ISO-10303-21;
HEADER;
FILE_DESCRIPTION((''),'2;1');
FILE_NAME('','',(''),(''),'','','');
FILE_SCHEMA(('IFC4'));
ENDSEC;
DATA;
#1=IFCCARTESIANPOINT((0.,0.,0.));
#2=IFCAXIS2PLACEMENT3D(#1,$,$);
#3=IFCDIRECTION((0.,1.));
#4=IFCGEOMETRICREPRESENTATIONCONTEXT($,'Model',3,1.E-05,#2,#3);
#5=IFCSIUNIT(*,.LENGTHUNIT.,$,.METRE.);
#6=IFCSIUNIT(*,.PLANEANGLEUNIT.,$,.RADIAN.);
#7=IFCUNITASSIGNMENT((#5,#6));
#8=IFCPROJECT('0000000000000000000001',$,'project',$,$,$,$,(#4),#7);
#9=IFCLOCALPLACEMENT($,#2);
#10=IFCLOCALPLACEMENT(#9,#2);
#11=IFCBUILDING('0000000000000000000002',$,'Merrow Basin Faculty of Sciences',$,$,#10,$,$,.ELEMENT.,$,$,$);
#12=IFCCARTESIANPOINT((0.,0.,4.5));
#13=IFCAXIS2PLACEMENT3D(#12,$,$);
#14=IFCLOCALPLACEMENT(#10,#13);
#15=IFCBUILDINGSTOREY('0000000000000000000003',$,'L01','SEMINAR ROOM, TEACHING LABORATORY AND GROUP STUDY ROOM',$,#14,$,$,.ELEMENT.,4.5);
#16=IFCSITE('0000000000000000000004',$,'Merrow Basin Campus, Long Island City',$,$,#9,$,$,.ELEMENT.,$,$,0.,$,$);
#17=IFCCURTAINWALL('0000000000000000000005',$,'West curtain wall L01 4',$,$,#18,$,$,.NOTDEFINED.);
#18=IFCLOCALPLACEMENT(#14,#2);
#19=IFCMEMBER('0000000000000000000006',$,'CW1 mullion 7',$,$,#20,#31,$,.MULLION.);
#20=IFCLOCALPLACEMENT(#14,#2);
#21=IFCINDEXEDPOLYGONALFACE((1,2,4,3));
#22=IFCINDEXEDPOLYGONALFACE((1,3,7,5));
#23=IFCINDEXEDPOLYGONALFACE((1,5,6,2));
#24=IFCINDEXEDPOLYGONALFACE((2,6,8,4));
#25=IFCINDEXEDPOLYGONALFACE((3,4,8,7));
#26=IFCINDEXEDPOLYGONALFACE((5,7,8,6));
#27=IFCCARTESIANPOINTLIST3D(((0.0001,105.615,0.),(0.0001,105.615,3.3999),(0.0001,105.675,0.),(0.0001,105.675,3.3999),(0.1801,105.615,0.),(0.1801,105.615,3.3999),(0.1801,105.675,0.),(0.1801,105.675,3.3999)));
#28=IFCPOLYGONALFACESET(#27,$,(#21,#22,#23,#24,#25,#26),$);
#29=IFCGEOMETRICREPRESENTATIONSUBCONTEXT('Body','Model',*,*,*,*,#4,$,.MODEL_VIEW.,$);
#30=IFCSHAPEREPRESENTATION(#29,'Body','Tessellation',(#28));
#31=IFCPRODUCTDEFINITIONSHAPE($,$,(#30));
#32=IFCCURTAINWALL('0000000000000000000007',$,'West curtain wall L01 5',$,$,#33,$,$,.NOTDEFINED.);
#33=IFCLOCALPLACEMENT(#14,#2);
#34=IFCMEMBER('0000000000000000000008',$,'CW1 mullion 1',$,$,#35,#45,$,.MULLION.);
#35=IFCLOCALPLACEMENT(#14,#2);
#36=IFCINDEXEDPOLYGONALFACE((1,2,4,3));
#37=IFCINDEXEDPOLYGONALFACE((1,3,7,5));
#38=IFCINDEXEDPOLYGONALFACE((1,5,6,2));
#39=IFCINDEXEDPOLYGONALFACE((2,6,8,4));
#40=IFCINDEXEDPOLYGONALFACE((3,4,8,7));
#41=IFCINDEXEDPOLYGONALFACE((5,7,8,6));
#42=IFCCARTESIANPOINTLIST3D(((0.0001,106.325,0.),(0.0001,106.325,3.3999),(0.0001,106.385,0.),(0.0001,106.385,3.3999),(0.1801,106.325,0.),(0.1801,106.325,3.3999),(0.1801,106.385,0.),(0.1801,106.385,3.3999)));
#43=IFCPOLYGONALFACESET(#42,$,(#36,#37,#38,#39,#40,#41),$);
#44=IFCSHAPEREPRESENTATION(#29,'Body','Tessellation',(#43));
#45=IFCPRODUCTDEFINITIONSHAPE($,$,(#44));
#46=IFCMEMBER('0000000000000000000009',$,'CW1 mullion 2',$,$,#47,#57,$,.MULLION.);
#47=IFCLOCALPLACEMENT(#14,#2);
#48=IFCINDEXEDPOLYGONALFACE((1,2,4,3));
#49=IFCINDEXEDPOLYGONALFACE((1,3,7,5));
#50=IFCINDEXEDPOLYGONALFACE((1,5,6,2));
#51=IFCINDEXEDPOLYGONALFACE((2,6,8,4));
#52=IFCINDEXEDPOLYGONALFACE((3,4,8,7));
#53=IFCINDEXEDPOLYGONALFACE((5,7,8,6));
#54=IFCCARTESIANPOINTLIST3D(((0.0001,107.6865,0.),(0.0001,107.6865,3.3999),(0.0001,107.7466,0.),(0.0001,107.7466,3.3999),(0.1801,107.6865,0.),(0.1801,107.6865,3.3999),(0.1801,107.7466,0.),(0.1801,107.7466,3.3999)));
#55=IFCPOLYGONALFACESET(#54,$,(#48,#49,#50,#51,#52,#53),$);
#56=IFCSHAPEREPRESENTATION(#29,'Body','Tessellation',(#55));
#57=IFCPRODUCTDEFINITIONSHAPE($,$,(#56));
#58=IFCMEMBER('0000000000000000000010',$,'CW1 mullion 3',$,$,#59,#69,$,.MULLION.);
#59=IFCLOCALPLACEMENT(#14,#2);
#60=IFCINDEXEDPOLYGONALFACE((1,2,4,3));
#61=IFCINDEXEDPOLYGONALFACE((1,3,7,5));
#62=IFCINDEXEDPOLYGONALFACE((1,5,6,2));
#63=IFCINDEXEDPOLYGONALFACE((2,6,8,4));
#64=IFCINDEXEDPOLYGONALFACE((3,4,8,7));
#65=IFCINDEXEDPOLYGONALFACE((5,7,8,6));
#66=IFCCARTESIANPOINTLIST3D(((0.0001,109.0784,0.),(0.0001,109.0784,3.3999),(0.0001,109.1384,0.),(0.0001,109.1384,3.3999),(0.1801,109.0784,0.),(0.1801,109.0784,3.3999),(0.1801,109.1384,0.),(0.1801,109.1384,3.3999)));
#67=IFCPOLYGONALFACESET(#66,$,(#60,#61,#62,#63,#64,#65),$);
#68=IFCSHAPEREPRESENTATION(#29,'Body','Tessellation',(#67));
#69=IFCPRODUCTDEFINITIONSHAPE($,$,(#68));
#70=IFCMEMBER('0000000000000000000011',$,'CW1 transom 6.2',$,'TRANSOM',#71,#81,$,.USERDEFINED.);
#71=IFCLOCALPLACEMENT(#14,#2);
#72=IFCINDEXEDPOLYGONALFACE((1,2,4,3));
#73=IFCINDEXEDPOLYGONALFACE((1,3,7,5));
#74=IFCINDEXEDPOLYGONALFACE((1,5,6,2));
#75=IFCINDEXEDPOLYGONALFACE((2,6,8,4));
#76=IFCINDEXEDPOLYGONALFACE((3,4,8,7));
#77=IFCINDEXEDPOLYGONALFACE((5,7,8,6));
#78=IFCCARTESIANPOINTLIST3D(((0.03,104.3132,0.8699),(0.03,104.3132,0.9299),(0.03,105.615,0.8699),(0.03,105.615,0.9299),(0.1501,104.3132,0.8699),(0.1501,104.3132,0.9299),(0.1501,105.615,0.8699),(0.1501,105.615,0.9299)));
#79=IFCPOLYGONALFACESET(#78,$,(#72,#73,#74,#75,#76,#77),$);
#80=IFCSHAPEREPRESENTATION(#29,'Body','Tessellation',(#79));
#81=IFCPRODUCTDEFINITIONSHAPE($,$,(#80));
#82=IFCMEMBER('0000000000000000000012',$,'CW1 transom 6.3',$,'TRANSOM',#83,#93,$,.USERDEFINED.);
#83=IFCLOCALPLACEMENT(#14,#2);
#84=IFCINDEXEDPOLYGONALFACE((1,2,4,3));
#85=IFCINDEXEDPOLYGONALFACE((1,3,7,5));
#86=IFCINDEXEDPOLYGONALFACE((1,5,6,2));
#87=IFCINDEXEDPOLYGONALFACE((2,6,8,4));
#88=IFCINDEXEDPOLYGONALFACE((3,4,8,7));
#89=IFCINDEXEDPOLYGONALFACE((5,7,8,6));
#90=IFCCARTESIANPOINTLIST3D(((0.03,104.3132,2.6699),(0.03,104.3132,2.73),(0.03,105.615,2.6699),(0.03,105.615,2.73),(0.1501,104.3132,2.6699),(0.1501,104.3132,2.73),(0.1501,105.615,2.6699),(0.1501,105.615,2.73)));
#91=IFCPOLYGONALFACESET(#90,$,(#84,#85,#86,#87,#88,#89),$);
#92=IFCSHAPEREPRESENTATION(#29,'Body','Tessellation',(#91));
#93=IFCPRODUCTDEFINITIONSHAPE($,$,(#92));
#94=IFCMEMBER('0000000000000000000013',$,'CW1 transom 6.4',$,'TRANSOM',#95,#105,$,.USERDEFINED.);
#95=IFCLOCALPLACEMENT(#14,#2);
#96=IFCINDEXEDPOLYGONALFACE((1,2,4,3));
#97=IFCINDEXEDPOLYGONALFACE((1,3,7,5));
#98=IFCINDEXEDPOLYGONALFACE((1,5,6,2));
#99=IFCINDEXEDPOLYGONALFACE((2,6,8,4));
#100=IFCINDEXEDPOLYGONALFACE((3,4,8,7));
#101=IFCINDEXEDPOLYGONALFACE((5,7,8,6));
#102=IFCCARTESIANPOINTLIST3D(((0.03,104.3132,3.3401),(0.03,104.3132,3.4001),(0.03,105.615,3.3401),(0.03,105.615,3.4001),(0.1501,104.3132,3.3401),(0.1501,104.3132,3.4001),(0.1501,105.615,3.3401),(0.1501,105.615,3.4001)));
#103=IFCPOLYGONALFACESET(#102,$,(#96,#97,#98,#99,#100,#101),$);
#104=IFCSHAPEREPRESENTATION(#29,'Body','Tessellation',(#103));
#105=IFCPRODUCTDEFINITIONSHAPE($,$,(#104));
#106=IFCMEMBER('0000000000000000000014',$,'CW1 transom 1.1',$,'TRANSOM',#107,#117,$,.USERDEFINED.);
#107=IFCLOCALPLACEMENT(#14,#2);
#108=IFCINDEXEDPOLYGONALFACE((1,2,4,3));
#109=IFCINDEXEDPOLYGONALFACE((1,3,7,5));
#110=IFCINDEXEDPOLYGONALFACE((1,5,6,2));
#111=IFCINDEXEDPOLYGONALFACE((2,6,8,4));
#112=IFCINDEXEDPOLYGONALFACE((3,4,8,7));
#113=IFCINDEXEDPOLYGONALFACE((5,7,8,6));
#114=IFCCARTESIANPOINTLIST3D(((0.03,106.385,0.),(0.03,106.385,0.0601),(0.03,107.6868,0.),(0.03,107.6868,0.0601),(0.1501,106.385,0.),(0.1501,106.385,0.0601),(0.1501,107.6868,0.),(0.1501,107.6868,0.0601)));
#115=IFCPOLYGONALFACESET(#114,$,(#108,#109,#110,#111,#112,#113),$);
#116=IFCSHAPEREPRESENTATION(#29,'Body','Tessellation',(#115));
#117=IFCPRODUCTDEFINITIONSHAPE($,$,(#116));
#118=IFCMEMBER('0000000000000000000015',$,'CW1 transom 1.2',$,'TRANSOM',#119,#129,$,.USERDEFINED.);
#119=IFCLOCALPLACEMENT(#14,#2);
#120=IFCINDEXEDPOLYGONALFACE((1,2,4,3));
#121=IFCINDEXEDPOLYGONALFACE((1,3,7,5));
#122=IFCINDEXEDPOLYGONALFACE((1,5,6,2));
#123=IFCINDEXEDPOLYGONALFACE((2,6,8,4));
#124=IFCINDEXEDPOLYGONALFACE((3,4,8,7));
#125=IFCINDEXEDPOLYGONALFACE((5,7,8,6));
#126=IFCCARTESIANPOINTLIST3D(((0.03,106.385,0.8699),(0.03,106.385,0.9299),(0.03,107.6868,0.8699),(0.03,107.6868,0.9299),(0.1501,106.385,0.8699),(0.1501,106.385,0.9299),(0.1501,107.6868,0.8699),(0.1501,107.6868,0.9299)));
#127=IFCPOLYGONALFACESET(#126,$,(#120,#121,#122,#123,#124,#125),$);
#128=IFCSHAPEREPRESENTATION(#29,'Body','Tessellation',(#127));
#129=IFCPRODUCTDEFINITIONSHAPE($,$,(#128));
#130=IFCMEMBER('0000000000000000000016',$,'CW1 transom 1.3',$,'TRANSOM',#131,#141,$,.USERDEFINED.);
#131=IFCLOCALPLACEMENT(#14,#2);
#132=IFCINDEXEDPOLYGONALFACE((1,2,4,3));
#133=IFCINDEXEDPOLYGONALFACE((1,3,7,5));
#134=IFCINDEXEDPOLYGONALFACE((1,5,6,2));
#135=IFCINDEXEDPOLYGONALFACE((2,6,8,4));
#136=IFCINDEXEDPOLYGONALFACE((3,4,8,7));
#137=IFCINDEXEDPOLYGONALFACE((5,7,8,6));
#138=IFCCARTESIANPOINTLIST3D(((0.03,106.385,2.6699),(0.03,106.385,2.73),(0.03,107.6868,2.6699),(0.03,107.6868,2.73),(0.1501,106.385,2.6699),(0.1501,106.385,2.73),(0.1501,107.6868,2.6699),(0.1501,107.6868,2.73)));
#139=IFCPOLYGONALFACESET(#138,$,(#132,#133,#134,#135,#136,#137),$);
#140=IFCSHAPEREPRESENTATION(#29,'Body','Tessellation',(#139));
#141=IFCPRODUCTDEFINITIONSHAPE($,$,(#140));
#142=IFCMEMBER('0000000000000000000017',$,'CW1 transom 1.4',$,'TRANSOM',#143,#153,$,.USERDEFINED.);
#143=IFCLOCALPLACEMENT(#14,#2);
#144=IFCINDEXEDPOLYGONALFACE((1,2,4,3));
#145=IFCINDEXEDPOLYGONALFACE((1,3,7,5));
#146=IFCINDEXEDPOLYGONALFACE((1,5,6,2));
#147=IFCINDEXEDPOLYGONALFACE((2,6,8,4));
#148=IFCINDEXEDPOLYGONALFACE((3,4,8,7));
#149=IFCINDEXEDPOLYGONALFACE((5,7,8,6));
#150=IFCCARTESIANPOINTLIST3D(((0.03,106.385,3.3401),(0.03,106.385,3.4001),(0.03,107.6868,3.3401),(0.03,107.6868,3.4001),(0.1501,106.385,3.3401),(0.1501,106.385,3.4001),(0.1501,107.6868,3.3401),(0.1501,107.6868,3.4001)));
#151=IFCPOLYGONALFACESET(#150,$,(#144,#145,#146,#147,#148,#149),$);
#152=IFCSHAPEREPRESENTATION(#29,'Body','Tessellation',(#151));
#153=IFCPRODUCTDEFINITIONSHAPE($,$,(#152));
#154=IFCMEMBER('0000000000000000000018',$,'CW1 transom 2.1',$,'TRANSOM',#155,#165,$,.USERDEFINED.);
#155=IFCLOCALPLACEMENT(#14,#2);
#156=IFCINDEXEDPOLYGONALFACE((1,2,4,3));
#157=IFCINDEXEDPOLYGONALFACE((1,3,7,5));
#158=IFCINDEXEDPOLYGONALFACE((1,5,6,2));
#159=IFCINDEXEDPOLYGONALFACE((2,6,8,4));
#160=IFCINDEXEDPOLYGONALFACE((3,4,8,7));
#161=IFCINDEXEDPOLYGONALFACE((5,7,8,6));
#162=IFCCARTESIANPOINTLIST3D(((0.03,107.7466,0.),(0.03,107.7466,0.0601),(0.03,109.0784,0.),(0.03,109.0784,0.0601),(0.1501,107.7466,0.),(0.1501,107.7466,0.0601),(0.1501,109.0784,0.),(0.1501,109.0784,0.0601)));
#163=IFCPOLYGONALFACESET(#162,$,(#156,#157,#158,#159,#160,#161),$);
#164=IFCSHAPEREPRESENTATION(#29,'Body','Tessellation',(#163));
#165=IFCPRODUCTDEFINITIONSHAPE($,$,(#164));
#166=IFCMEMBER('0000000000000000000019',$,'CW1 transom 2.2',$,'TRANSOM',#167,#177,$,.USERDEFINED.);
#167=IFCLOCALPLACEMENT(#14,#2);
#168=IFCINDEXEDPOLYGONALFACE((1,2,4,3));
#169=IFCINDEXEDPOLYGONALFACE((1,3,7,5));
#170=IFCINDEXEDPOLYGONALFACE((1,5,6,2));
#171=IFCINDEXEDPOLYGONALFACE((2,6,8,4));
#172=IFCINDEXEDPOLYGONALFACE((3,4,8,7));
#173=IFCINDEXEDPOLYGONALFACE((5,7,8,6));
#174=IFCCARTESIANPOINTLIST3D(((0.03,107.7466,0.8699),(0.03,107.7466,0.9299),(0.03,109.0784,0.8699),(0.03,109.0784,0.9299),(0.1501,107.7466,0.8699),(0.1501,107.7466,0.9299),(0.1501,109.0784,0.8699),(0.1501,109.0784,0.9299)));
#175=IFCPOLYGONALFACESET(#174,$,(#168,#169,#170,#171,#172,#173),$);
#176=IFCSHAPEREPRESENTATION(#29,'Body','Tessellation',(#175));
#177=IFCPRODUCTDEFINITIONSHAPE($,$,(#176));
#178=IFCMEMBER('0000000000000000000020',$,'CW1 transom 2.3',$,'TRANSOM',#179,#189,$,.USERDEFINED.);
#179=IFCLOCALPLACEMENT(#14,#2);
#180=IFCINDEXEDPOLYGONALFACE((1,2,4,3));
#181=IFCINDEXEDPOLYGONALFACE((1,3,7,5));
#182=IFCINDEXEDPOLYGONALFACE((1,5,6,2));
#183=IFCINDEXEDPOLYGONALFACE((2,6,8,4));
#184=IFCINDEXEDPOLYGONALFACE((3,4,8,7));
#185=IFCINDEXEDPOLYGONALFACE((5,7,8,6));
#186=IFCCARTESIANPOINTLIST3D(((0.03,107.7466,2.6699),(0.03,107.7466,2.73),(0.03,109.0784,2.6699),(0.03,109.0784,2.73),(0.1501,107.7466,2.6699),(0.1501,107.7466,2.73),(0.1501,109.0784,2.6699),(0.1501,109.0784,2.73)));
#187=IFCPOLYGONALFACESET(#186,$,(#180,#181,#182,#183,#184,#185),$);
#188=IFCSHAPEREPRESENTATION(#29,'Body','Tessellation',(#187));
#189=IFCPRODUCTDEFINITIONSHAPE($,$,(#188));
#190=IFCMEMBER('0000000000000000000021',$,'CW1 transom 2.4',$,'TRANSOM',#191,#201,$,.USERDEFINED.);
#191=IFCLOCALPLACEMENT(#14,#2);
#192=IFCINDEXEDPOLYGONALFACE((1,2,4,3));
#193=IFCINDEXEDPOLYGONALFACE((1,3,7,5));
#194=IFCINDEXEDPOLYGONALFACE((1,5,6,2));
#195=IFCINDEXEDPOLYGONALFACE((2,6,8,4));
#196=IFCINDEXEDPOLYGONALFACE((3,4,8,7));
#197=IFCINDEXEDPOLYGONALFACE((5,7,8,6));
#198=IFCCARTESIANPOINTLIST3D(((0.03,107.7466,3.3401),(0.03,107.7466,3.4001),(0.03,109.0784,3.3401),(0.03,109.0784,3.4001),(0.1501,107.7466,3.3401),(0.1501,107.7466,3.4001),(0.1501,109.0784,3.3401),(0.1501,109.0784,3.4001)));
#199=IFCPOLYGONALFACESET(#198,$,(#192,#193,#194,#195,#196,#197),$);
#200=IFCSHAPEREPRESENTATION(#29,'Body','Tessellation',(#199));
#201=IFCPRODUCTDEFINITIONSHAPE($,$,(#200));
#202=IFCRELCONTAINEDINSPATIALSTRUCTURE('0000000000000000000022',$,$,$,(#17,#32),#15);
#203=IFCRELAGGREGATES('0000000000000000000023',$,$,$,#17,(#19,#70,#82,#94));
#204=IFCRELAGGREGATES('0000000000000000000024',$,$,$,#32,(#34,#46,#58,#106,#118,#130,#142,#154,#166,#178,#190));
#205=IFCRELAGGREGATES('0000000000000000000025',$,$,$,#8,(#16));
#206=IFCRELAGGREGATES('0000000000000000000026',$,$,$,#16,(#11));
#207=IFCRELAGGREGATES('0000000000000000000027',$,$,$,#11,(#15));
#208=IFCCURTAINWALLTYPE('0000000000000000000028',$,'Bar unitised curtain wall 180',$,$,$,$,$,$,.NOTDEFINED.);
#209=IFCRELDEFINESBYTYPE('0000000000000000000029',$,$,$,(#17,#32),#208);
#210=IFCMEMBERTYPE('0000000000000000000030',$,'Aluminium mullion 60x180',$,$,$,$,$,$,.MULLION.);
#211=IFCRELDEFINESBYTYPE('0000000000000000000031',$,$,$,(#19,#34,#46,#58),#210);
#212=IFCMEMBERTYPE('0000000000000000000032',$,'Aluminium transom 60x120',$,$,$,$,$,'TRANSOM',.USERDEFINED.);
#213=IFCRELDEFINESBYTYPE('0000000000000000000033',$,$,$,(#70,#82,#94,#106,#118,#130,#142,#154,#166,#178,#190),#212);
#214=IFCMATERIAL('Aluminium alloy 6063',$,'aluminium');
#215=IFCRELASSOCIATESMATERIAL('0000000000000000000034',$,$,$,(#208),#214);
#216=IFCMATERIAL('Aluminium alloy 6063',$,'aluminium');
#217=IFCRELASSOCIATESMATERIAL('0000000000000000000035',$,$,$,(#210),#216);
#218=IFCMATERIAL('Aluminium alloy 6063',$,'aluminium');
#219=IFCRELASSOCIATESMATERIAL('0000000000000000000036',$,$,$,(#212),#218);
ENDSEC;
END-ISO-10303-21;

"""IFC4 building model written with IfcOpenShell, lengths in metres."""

from ifc_helpers import new_model, si_unit, direction, frame, origin, origin_2d, place, context, subcontext, project, spatial, rectangle, extrude, material, material_profile, profile_set, type_object, element, aggregate, save


model = new_model("IFC4")

# Units and contexts
model_context = context("Model", 3, precision=1e-05, world=origin(), true_north=direction((0.0, 1.0)))
body_context = subcontext(model_context, "Body", "Model", "MODEL_VIEW")
ifc_project = project(units=[si_unit("LENGTHUNIT", "METRE"), si_unit("PLANEANGLEUNIT", "RADIAN")], contexts=[model_context])

# Site, building, storey
site_placement = place(None, origin())
site = spatial("IfcSite", under=ifc_project, at=site_placement, Name="Merrow Basin Campus, Long Island City", CompositionType="ELEMENT", RefElevation=0.0)
building_placement = place(site_placement, origin())
building = spatial("IfcBuilding", under=site, at=building_placement, Name="Merrow Basin Faculty of Sciences", CompositionType="ELEMENT")
storey_placement = place(building_placement, frame((0.0, 0.0, 4.5)))
storey = spatial("IfcBuildingStorey", under=building, at=storey_placement, Name="L01", Description="SEMINAR ROOM, TEACHING LABORATORY AND GROUP STUDY ROOM", CompositionType="ELEMENT", Elevation=4.5)

# Curtain wall, member
ifc_material_1 = material(Name="Aluminium alloy 6063", Category="aluminium")
curtain_wall_type = type_object("IfcCurtainWallType", Name="Bar unitised curtain wall 180", PredefinedType="NOTDEFINED", material=ifc_material_1)
curtain_wall_1_placement = place(storey_placement, origin())
curtain_wall_1 = element("IfcCurtainWall", 1, at=curtain_wall_1_placement, inside=storey, type_object=curtain_wall_type, Name="West curtain wall L01 4", PredefinedType="NOTDEFINED")
ifc_material_2 = material(Name="Aluminium alloy 6063", Category="aluminium")
ifc_material_profile_1 = material_profile(ifc_material_2, rectangle(XDim=0.1799, YDim=0.0601, at=origin_2d()))
ifc_profile_set_1 = profile_set([ifc_material_profile_1], Name="Aluminium alloy 6063")
member_type_1 = type_object("IfcMemberType", Name="Aluminium mullion 60x180", PredefinedType="MULLION", material=ifc_profile_set_1)
member_1_placement = place(storey_placement, frame((0.0901, 105.645, 0.0), z_axis=(0.0, 0.0, 1.0), x_axis=(-1.0, 0.0, 0.0)))
member_1 = element("IfcMember", 2, at=member_1_placement, type_object=member_type_1, Name="CW1 mullion 7", PredefinedType="MULLION", context=body_context, shape_type="SweptSolid", body=[
    extrude(rectangle(XDim=0.1799, YDim=0.0601, at=origin_2d()), origin(), (0.0, 0.0, 1.0), 3.3999),
])

# Curtain wall, members
curtain_wall_2_placement = place(storey_placement, origin())
curtain_wall_2 = element("IfcCurtainWall", 3, at=curtain_wall_2_placement, inside=storey, type_object=curtain_wall_type, Name="West curtain wall L01 5", PredefinedType="NOTDEFINED")
member_2_placement = place(storey_placement, frame((0.0901, 106.355, 0.0), z_axis=(0.0, 0.0, 1.0), x_axis=(-1.0, 0.0, 0.0)))
member_2 = element("IfcMember", 4, at=member_2_placement, type_object=member_type_1, Name="CW1 mullion 1", PredefinedType="MULLION", context=body_context, shape_type="SweptSolid", body=[
    extrude(rectangle(XDim=0.1799, YDim=0.0601, at=origin_2d()), origin(), (0.0, 0.0, 1.0), 3.3999),
])
member_3_placement = place(storey_placement, frame((0.0901, 107.7166, 0.0), z_axis=(0.0, 0.0, 1.0), x_axis=(-1.0, 0.0, 0.0)))
member_3 = element("IfcMember", 5, at=member_3_placement, type_object=member_type_1, Name="CW1 mullion 2", PredefinedType="MULLION", context=body_context, shape_type="SweptSolid", body=[
    extrude(rectangle(XDim=0.1799, YDim=0.0601, at=origin_2d()), origin(), (0.0, 0.0, 1.0), 3.3999),
])
member_4_placement = place(storey_placement, frame((0.0901, 109.1084, 0.0), z_axis=(0.0, 0.0, 1.0), x_axis=(-1.0, 0.0, 0.0)))
member_4 = element("IfcMember", 6, at=member_4_placement, type_object=member_type_1, Name="CW1 mullion 3", PredefinedType="MULLION", context=body_context, shape_type="SweptSolid", body=[
    extrude(rectangle(XDim=0.1799, YDim=0.0601, at=origin_2d()), origin(), (0.0, 0.0, 1.0), 3.3999),
])

# Members
ifc_material_3 = material(Name="Aluminium alloy 6063", Category="aluminium")
ifc_material_profile_2 = material_profile(ifc_material_3, rectangle(XDim=0.1201, YDim=0.0601, at=origin_2d()))
ifc_profile_set_2 = profile_set([ifc_material_profile_2], Name="Aluminium alloy 6063")
member_type_2 = type_object("IfcMemberType", Name="Aluminium transom 60x120", ElementType="TRANSOM", PredefinedType="USERDEFINED", material=ifc_profile_set_2)
member_5_placement = place(storey_placement, frame((0.0901, 104.3132, 0.8999), z_axis=(0.0, 1.0, 0.0), x_axis=(-1.0, 0.0, 0.0)))
member_5 = element("IfcMember", 7, at=member_5_placement, type_object=member_type_2, Name="CW1 transom 6.2", ObjectType="TRANSOM", PredefinedType="USERDEFINED", context=body_context, shape_type="SweptSolid", body=[
    extrude(rectangle(XDim=0.1201, YDim=0.0601, at=origin_2d()), origin(), (0.0, 0.0, 1.0), 1.3018),
])
member_6_placement = place(storey_placement, frame((0.0901, 104.3132, 2.7), z_axis=(0.0, 1.0, 0.0), x_axis=(-1.0, 0.0, 0.0)))
member_6 = element("IfcMember", 8, at=member_6_placement, type_object=member_type_2, Name="CW1 transom 6.3", ObjectType="TRANSOM", PredefinedType="USERDEFINED", context=body_context, shape_type="SweptSolid", body=[
    extrude(rectangle(XDim=0.1201, YDim=0.0601, at=origin_2d()), origin(), (0.0, 0.0, 1.0), 1.3018),
])
member_7_placement = place(storey_placement, frame((0.0901, 104.3132, 3.3701), z_axis=(0.0, 1.0, 0.0), x_axis=(-1.0, 0.0, 0.0)))
member_7 = element("IfcMember", 9, at=member_7_placement, type_object=member_type_2, Name="CW1 transom 6.4", ObjectType="TRANSOM", PredefinedType="USERDEFINED", context=body_context, shape_type="SweptSolid", body=[
    extrude(rectangle(XDim=0.1201, YDim=0.0601, at=origin_2d()), origin(), (0.0, 0.0, 1.0), 1.3018),
])
member_8_placement = place(storey_placement, frame((0.0901, 106.385, 0.03), z_axis=(0.0, 1.0, 0.0), x_axis=(-1.0, 0.0, 0.0)))
member_8 = element("IfcMember", 10, at=member_8_placement, type_object=member_type_2, Name="CW1 transom 1.1", ObjectType="TRANSOM", PredefinedType="USERDEFINED", context=body_context, shape_type="SweptSolid", body=[
    extrude(rectangle(XDim=0.1201, YDim=0.0601, at=origin_2d()), origin(), (0.0, 0.0, 1.0), 1.3018),
])
member_9_placement = place(storey_placement, frame((0.0901, 106.385, 0.8999), z_axis=(0.0, 1.0, 0.0), x_axis=(-1.0, 0.0, 0.0)))
member_9 = element("IfcMember", 11, at=member_9_placement, type_object=member_type_2, Name="CW1 transom 1.2", ObjectType="TRANSOM", PredefinedType="USERDEFINED", context=body_context, shape_type="SweptSolid", body=[
    extrude(rectangle(XDim=0.1201, YDim=0.0601, at=origin_2d()), origin(), (0.0, 0.0, 1.0), 1.3018),
])
member_10_placement = place(storey_placement, frame((0.0901, 106.385, 2.7), z_axis=(0.0, 1.0, 0.0), x_axis=(-1.0, 0.0, 0.0)))
member_10 = element("IfcMember", 12, at=member_10_placement, type_object=member_type_2, Name="CW1 transom 1.3", ObjectType="TRANSOM", PredefinedType="USERDEFINED", context=body_context, shape_type="SweptSolid", body=[
    extrude(rectangle(XDim=0.1201, YDim=0.0601, at=origin_2d()), origin(), (0.0, 0.0, 1.0), 1.3018),
])
member_11_placement = place(storey_placement, frame((0.0901, 106.385, 3.3701), z_axis=(0.0, 1.0, 0.0), x_axis=(-1.0, 0.0, 0.0)))
member_11 = element("IfcMember", 13, at=member_11_placement, type_object=member_type_2, Name="CW1 transom 1.4", ObjectType="TRANSOM", PredefinedType="USERDEFINED", context=body_context, shape_type="SweptSolid", body=[
    extrude(rectangle(XDim=0.1201, YDim=0.0601, at=origin_2d()), origin(), (0.0, 0.0, 1.0), 1.3018),
])
member_12_placement = place(storey_placement, frame((0.0901, 107.7466, 0.03), z_axis=(0.0, 1.0, 0.0), x_axis=(-1.0, 0.0, 0.0)))
member_12 = element("IfcMember", 14, at=member_12_placement, type_object=member_type_2, Name="CW1 transom 2.1", ObjectType="TRANSOM", PredefinedType="USERDEFINED", context=body_context, shape_type="SweptSolid", body=[
    extrude(rectangle(XDim=0.1201, YDim=0.0601, at=origin_2d()), origin(), (0.0, 0.0, 1.0), 1.3318),
])
member_13_placement = place(storey_placement, frame((0.0901, 107.7466, 0.8999), z_axis=(0.0, 1.0, 0.0), x_axis=(-1.0, 0.0, 0.0)))
member_13 = element("IfcMember", 15, at=member_13_placement, type_object=member_type_2, Name="CW1 transom 2.2", ObjectType="TRANSOM", PredefinedType="USERDEFINED", context=body_context, shape_type="SweptSolid", body=[
    extrude(rectangle(XDim=0.1201, YDim=0.0601, at=origin_2d()), origin(), (0.0, 0.0, 1.0), 1.3318),
])
member_14_placement = place(storey_placement, frame((0.0901, 107.7466, 2.7), z_axis=(0.0, 1.0, 0.0), x_axis=(-1.0, 0.0, 0.0)))
member_14 = element("IfcMember", 16, at=member_14_placement, type_object=member_type_2, Name="CW1 transom 2.3", ObjectType="TRANSOM", PredefinedType="USERDEFINED", context=body_context, shape_type="SweptSolid", body=[
    extrude(rectangle(XDim=0.1201, YDim=0.0601, at=origin_2d()), origin(), (0.0, 0.0, 1.0), 1.3318),
])
member_15_placement = place(storey_placement, frame((0.0901, 107.7466, 3.3701), z_axis=(0.0, 1.0, 0.0), x_axis=(-1.0, 0.0, 0.0)))
member_15 = element("IfcMember", 17, at=member_15_placement, type_object=member_type_2, Name="CW1 transom 2.4", ObjectType="TRANSOM", PredefinedType="USERDEFINED", context=body_context, shape_type="SweptSolid", body=[
    extrude(rectangle(XDim=0.1201, YDim=0.0601, at=origin_2d()), origin(), (0.0, 0.0, 1.0), 1.3318),
])

aggregate(curtain_wall_1, [member_1, member_5, member_6, member_7])
aggregate(curtain_wall_2, [member_2, member_3, member_4, member_8, member_9, member_10, member_11, member_12, member_13, member_14, member_15])

save(model, "model.ifc")
